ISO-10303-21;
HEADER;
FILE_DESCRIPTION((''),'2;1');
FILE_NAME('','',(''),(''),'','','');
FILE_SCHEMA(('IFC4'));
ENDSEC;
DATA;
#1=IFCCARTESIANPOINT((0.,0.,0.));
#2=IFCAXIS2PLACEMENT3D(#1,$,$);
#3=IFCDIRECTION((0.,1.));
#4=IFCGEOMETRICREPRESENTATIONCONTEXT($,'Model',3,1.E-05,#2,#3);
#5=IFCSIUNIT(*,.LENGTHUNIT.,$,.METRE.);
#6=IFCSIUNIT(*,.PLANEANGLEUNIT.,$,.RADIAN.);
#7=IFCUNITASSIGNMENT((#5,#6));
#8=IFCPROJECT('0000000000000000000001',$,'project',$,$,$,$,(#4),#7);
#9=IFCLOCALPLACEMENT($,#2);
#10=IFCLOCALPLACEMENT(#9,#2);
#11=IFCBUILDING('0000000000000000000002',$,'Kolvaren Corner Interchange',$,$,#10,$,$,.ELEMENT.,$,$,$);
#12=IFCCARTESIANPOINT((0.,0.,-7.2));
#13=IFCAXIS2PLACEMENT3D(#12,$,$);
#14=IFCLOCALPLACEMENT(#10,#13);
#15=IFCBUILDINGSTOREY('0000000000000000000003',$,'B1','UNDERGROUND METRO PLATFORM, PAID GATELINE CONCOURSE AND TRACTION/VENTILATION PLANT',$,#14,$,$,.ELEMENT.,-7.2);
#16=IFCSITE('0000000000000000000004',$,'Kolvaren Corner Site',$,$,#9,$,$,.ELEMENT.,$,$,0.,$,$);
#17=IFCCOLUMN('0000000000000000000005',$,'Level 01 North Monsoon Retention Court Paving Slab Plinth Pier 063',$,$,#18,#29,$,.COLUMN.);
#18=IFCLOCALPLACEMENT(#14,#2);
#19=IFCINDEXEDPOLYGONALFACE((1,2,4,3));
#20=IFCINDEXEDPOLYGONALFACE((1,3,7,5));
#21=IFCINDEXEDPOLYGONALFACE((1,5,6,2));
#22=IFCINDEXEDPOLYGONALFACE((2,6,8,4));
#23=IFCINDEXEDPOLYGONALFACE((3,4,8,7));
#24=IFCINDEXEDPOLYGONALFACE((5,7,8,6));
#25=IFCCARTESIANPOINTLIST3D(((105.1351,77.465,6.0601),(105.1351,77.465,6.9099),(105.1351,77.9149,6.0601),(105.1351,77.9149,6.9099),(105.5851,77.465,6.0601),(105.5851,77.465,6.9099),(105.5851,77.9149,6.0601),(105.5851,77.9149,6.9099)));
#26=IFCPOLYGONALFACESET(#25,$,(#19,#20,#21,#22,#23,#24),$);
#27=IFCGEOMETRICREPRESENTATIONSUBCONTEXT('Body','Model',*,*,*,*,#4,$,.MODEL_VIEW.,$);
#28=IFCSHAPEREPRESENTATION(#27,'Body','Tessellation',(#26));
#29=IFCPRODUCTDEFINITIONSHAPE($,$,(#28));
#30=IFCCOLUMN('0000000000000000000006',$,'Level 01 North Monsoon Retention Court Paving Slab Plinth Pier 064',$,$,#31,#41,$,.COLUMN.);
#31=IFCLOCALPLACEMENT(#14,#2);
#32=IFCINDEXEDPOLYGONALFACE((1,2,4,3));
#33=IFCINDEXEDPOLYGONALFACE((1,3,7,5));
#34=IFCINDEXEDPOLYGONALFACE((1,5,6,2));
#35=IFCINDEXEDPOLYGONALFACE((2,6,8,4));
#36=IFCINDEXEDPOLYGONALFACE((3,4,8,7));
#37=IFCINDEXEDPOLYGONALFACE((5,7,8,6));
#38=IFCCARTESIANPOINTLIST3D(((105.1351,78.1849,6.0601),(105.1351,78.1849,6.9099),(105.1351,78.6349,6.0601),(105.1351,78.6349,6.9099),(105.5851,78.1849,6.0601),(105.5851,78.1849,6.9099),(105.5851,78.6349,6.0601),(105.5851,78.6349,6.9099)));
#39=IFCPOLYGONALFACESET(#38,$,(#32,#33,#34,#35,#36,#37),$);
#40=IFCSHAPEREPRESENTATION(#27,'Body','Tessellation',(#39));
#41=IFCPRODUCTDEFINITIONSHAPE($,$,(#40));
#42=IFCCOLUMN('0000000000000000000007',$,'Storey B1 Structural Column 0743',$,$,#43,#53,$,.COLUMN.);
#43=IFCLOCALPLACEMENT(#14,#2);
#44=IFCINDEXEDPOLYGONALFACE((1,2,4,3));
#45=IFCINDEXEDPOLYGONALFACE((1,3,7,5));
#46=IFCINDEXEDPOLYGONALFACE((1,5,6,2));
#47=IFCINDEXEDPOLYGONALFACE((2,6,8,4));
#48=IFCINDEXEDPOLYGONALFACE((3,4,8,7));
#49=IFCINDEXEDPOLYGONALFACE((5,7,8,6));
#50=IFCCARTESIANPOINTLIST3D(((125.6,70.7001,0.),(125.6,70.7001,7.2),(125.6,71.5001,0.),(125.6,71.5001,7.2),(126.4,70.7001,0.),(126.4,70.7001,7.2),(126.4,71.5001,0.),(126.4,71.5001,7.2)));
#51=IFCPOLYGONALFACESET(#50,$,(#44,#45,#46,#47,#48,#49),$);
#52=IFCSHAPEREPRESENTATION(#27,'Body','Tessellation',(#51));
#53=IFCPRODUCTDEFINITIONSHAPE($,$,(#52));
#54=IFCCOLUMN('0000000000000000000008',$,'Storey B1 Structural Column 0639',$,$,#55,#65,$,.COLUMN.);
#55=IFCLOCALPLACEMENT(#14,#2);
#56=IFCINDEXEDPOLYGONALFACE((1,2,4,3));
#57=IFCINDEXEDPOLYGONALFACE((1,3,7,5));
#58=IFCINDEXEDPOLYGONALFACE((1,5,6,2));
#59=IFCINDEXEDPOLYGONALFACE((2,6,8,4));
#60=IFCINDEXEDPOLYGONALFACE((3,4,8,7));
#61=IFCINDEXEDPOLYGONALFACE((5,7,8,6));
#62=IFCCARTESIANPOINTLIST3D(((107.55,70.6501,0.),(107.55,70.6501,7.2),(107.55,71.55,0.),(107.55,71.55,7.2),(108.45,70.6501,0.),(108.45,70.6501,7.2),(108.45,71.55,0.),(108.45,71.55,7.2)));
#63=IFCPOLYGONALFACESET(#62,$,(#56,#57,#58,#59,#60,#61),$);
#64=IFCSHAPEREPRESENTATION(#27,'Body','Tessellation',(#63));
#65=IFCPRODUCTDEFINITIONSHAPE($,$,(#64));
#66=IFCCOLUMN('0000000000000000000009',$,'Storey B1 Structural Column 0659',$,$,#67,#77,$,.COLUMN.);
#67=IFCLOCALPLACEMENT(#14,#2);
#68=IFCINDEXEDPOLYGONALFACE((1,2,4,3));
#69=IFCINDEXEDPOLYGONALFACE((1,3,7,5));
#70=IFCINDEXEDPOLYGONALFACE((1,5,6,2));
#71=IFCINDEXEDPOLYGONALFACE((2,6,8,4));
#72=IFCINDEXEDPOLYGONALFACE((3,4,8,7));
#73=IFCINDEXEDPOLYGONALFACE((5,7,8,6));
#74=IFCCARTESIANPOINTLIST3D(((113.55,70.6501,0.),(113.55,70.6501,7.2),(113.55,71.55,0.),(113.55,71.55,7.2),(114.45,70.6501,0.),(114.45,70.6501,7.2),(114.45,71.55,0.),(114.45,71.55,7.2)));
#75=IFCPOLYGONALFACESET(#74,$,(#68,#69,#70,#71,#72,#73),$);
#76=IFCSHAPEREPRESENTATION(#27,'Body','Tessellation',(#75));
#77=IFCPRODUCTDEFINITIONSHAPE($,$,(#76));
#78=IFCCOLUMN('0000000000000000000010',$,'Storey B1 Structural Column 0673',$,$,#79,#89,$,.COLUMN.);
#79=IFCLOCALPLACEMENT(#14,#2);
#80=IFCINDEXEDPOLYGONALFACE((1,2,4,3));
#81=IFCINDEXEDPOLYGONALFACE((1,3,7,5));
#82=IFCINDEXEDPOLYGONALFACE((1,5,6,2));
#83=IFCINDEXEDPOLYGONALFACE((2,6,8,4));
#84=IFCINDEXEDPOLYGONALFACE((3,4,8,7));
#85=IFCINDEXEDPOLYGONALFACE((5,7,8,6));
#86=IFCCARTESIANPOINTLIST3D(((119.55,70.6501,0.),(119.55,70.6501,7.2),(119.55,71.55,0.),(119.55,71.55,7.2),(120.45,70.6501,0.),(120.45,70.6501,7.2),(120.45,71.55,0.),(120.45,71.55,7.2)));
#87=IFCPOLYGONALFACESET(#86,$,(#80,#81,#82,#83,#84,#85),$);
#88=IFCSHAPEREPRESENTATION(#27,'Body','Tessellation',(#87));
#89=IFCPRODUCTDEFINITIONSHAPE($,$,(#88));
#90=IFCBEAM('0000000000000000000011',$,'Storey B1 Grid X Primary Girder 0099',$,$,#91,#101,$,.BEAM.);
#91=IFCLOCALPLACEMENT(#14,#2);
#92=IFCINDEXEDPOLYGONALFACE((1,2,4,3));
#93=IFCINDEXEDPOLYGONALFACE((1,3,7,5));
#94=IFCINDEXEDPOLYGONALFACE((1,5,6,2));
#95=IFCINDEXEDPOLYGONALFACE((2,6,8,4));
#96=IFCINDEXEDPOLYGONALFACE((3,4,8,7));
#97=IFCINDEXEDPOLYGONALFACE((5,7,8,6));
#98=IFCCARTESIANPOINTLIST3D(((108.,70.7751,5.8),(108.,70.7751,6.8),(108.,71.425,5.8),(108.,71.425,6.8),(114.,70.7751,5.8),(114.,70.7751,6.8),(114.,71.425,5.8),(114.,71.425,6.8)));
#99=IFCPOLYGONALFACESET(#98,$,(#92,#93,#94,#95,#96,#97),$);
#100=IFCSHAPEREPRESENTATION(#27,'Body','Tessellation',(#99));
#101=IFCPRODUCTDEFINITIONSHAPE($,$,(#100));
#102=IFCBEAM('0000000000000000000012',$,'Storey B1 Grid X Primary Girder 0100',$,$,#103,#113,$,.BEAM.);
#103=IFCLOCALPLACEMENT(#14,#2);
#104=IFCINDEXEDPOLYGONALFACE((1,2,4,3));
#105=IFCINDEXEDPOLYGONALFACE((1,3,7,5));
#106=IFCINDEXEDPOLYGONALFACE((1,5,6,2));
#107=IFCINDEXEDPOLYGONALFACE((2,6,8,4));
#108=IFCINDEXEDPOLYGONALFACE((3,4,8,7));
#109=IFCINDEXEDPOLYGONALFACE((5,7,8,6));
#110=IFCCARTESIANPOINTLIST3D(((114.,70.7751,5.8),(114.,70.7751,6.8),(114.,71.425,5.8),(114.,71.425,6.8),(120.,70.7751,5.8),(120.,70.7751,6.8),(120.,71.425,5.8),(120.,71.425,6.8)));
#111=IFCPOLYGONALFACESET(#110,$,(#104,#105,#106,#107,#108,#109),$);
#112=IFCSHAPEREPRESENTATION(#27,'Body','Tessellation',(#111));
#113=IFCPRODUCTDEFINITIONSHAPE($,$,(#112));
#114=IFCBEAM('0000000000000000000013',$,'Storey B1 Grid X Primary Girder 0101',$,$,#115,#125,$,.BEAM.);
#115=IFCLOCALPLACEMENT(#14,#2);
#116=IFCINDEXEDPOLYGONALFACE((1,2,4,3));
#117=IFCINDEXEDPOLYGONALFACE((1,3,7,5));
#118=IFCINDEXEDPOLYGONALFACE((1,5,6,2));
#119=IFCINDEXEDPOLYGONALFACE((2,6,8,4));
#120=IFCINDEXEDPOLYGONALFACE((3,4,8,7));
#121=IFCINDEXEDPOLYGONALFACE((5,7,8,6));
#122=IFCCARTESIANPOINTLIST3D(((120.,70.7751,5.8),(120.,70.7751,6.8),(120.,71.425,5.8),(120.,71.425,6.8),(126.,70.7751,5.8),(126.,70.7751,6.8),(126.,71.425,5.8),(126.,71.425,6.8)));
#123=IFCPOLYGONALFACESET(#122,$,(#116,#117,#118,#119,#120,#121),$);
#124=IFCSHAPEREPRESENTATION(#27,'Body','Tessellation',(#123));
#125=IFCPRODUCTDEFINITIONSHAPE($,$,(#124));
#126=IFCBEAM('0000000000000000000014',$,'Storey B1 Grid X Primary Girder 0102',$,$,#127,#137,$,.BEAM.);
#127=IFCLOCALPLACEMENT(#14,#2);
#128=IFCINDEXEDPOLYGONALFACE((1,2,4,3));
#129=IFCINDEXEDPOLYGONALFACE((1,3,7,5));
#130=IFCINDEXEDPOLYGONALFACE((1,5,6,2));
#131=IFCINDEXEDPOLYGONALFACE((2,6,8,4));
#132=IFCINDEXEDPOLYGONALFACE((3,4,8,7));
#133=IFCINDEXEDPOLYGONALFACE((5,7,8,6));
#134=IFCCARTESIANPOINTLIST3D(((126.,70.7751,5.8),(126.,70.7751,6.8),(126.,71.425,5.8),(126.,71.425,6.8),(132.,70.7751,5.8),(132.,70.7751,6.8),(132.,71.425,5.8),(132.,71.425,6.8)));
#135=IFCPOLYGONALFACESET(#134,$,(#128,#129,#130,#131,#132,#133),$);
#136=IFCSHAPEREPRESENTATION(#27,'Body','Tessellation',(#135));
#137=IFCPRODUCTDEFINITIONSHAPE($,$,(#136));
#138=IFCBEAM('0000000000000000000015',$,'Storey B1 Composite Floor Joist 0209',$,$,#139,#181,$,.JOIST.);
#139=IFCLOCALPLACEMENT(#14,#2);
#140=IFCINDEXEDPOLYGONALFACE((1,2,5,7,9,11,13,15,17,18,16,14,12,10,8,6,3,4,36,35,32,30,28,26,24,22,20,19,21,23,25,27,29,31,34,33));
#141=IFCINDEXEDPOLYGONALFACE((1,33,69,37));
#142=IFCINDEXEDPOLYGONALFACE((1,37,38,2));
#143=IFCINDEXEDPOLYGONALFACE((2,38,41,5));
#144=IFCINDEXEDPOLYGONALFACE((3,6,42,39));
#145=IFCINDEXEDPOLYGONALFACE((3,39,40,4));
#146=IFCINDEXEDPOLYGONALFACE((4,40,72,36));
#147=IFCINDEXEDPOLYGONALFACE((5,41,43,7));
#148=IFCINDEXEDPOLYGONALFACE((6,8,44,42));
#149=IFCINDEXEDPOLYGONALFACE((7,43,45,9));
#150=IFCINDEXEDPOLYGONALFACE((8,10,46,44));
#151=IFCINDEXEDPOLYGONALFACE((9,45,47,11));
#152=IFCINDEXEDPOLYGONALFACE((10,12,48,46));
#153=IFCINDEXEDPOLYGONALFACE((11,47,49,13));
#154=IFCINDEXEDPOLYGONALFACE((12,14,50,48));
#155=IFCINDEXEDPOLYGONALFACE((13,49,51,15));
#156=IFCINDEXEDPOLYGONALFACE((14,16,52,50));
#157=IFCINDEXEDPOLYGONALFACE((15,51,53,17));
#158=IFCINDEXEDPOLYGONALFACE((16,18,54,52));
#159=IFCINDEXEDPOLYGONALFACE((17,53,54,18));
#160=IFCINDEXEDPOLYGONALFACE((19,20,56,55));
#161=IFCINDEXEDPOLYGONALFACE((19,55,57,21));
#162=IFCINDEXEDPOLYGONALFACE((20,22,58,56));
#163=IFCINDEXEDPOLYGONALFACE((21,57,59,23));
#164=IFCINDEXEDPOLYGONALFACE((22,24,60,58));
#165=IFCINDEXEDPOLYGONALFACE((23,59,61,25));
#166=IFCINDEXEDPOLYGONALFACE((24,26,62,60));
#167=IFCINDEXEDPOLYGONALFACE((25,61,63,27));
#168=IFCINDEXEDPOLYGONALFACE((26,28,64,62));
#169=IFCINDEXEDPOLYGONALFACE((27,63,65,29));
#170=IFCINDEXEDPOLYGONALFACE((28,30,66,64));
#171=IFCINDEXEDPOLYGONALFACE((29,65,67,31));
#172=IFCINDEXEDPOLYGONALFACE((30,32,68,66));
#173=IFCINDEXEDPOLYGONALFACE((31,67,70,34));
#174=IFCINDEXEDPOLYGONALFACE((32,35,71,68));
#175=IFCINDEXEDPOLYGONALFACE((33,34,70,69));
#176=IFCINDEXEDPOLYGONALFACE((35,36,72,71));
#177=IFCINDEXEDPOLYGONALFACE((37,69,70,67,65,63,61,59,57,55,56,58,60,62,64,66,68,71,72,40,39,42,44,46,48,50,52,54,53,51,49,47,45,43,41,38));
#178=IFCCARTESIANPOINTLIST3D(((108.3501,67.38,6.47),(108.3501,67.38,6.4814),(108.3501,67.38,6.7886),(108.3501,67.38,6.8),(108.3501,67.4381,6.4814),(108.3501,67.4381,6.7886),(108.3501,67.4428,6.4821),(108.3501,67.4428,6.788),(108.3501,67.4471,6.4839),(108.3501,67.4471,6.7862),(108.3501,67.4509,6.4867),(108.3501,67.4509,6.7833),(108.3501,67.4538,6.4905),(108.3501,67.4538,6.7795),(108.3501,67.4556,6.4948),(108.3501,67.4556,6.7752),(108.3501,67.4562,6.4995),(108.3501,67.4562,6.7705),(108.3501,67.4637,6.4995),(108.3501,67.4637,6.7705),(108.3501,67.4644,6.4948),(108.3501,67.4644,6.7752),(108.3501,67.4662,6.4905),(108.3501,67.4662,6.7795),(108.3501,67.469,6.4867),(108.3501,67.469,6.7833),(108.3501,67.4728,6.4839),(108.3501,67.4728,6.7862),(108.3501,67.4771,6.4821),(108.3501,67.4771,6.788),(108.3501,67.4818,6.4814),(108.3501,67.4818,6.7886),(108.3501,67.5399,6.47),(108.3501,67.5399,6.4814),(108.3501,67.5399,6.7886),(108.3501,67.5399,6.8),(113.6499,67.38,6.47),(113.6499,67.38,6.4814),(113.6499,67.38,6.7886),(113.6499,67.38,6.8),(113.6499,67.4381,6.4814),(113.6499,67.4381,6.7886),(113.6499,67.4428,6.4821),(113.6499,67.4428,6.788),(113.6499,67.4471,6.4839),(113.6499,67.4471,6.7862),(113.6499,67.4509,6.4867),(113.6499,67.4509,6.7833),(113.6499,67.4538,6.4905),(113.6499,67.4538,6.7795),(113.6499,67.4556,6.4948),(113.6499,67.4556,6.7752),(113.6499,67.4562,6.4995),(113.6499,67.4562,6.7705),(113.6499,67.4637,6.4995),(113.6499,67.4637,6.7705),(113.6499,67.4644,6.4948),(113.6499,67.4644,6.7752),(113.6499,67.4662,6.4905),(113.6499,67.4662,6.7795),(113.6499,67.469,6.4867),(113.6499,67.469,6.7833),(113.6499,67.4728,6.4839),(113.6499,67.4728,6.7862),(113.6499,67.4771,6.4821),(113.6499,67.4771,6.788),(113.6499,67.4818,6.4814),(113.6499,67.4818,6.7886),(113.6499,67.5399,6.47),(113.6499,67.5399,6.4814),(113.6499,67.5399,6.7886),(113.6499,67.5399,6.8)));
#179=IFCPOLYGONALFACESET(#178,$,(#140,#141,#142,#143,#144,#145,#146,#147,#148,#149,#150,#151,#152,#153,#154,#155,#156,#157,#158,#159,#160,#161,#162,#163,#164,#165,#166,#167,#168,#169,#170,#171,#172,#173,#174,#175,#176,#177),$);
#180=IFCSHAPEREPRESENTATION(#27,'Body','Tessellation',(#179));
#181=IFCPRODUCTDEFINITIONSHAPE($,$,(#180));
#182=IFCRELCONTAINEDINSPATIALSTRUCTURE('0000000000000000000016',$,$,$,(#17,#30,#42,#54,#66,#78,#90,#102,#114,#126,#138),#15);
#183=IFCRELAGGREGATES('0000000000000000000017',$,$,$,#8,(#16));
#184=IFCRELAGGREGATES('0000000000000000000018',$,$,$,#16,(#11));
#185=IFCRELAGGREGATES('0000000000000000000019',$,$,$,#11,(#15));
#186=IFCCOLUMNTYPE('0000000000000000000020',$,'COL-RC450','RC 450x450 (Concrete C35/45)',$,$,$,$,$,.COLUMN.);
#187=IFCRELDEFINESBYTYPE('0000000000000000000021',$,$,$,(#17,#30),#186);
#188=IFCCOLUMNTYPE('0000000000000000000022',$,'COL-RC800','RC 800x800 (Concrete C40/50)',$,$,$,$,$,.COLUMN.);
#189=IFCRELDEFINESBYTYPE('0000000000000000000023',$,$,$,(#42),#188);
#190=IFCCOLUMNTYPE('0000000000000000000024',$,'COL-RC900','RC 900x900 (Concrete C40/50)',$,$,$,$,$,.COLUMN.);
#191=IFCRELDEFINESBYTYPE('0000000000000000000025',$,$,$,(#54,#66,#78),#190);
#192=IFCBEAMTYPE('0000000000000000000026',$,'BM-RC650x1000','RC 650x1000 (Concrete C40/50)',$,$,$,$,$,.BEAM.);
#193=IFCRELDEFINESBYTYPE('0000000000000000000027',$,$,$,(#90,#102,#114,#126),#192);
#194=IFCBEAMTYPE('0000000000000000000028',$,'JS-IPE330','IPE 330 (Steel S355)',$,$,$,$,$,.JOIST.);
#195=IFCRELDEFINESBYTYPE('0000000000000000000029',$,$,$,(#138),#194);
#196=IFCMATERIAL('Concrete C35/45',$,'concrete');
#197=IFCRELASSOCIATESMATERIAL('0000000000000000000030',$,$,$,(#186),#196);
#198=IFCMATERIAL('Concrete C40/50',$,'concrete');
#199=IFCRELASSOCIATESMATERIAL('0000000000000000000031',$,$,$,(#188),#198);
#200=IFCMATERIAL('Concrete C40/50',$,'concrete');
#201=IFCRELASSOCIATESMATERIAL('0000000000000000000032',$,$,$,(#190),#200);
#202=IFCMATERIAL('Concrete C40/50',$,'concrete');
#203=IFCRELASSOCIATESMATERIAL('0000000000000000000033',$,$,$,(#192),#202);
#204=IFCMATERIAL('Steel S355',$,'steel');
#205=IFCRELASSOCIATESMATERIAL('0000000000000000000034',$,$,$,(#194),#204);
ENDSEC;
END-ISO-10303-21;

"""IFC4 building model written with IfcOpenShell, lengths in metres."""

from ifc_helpers import new_model, si_unit, direction, frame, origin, origin_2d, place, context, subcontext, project, spatial, rectangle, i_section, extrude, material, material_profile, profile_set, type_object, element, save


model = new_model("IFC4")

# Units and contexts
model_context = context("Model", 3, precision=1e-05, world=origin(), true_north=direction((0.0, 1.0)))
body_context = subcontext(model_context, "Body", "Model", "MODEL_VIEW")
ifc_project = project(units=[si_unit("LENGTHUNIT", "METRE"), si_unit("PLANEANGLEUNIT", "RADIAN")], contexts=[model_context])

# Site, building, storey
site_placement = place(None, origin())
site = spatial("IfcSite", under=ifc_project, at=site_placement, Name="Kolvaren Corner Site", CompositionType="ELEMENT", RefElevation=0.0)
building_placement = place(site_placement, origin())
building = spatial("IfcBuilding", under=site, at=building_placement, Name="Kolvaren Corner Interchange", CompositionType="ELEMENT")
storey_placement = place(building_placement, frame((0.0, 0.0, -7.2)))
storey = spatial("IfcBuildingStorey", under=building, at=storey_placement, Name="B1", Description="UNDERGROUND METRO PLATFORM, PAID GATELINE CONCOURSE AND TRACTION/VENTILATION PLANT", CompositionType="ELEMENT", Elevation=-7.2)

# Columns
ifc_material_1 = material(Name="Concrete C35/45", Category="concrete")
ifc_material_profile_1 = material_profile(ifc_material_1, rectangle(XDim=0.45, YDim=0.45, at=origin_2d()), Name="RC 450x450")
ifc_profile_set_1 = profile_set([ifc_material_profile_1], Name="Concrete C35/45")
column_type_1 = type_object("IfcColumnType", Name="COL-RC450", Description="RC 450x450 (Concrete C35/45)", PredefinedType="COLUMN", material=ifc_profile_set_1)
for number, where, z_axis, x_axis, name in (
    (1, (105.3601, 77.6899, 6.0601), (0.0, 0.0, 1.0), (1.0, 0.0, 0.0), "Level 01 North Monsoon Retention Court Paving Slab Plinth Pier 063"),
    (2, (105.3601, 78.4099, 6.0601), (0.0, 0.0, 1.0), (1.0, 0.0, 0.0), "Level 01 North Monsoon Retention Court Paving Slab Plinth Pier 064"),
):
    element("IfcColumn", number, at=place(storey_placement, frame(where, z_axis=z_axis, x_axis=x_axis)), inside=storey, type_object=column_type_1, Name=name, PredefinedType="COLUMN", context=body_context, shape_type="SweptSolid", body=[
        extrude(rectangle(XDim=0.45, YDim=0.45, at=origin_2d()), origin(), (0.0, 0.0, 1.0), 0.8499),
    ])
ifc_material_2 = material(Name="Concrete C40/50", Category="concrete")
ifc_material_profile_2 = material_profile(ifc_material_2, rectangle(XDim=0.8, YDim=0.8, at=origin_2d()), Name="RC 800x800")
ifc_profile_set_2 = profile_set([ifc_material_profile_2], Name="Concrete C40/50")
column_type_2 = type_object("IfcColumnType", Name="COL-RC800", Description="RC 800x800 (Concrete C40/50)", PredefinedType="COLUMN", material=ifc_profile_set_2)
column_placement = place(storey_placement, frame((126.0, 71.1001, 0.0), z_axis=(0.0, 0.0, 1.0), x_axis=(1.0, 0.0, 0.0)))
element("IfcColumn", 3, at=column_placement, inside=storey, type_object=column_type_2, Name="Storey B1 Structural Column 0743", PredefinedType="COLUMN", context=body_context, shape_type="SweptSolid", body=[
    extrude(rectangle(XDim=0.8, YDim=0.8, at=origin_2d()), origin(), (0.0, 0.0, 1.0), 7.2),
])
ifc_material_3 = material(Name="Concrete C40/50", Category="concrete")
ifc_material_profile_3 = material_profile(ifc_material_3, rectangle(XDim=0.8999, YDim=0.8999, at=origin_2d()), Name="RC 900x900")
ifc_profile_set_3 = profile_set([ifc_material_profile_3], Name="Concrete C40/50")
column_type_3 = type_object("IfcColumnType", Name="COL-RC900", Description="RC 900x900 (Concrete C40/50)", PredefinedType="COLUMN", material=ifc_profile_set_3)
for number, where, z_axis, x_axis, name in (
    (4, (108.0, 71.1001, 0.0), (0.0, 0.0, 1.0), (1.0, 0.0, 0.0), "Storey B1 Structural Column 0639"),
    (5, (114.0, 71.1001, 0.0), (0.0, 0.0, 1.0), (1.0, 0.0, 0.0), "Storey B1 Structural Column 0659"),
    (6, (120.0, 71.1001, 0.0), (0.0, 0.0, 1.0), (1.0, 0.0, 0.0), "Storey B1 Structural Column 0673"),
):
    element("IfcColumn", number, at=place(storey_placement, frame(where, z_axis=z_axis, x_axis=x_axis)), inside=storey, type_object=column_type_3, Name=name, PredefinedType="COLUMN", context=body_context, shape_type="SweptSolid", body=[
        extrude(rectangle(XDim=0.8999, YDim=0.8999, at=origin_2d()), origin(), (0.0, 0.0, 1.0), 7.2),
    ])

# Beams
ifc_material_4 = material(Name="Concrete C40/50", Category="concrete")
ifc_material_profile_4 = material_profile(ifc_material_4, rectangle(XDim=0.6499, YDim=1.0, at=origin_2d()), Name="RC 650x1000")
ifc_profile_set_4 = profile_set([ifc_material_profile_4], Name="Concrete C40/50")
beam_type_1 = type_object("IfcBeamType", Name="BM-RC650x1000", Description="RC 650x1000 (Concrete C40/50)", PredefinedType="BEAM", material=ifc_profile_set_4)
for number, where, z_axis, x_axis, name in (
    (7, (108.0, 71.1001, 6.3), (1.0, 0.0, 0.0), (0.0, 1.0, 0.0), "Storey B1 Grid X Primary Girder 0099"),
    (8, (114.0, 71.1001, 6.3), (1.0, 0.0, 0.0), (0.0, 1.0, 0.0), "Storey B1 Grid X Primary Girder 0100"),
    (9, (120.0, 71.1001, 6.3), (1.0, 0.0, 0.0), (0.0, 1.0, 0.0), "Storey B1 Grid X Primary Girder 0101"),
    (10, (126.0, 71.1001, 6.3), (1.0, 0.0, 0.0), (0.0, 1.0, 0.0), "Storey B1 Grid X Primary Girder 0102"),
):
    element("IfcBeam", number, at=place(storey_placement, frame(where, z_axis=z_axis, x_axis=x_axis)), inside=storey, type_object=beam_type_1, Name=name, PredefinedType="BEAM", context=body_context, shape_type="SweptSolid", body=[
        extrude(rectangle(XDim=0.6499, YDim=1.0, at=origin_2d()), origin(), (0.0, 0.0, 1.0), 6.0),
    ])
ifc_material_5 = material(Name="Steel S355", Category="steel")
ifc_material_profile_5 = material_profile(ifc_material_5, i_section(OverallWidth=0.1599, OverallDepth=0.3301, WebThickness=0.0076, FlangeThickness=0.0115, FilletRadius=0.0181, at=origin_2d()), Name="IPE 330")
ifc_profile_set_5 = profile_set([ifc_material_profile_5], Name="Steel S355")
beam_type_2 = type_object("IfcBeamType", Name="JS-IPE330", Description="IPE 330 (Steel S355)", PredefinedType="JOIST", material=ifc_profile_set_5)
for number, where, z_axis, x_axis, name in (
    (11, (108.3501, 67.46, 6.635), (1.0, 0.0, 0.0), (0.0, 1.0, 0.0), "Storey B1 Composite Floor Joist 0209"),
):
    element("IfcBeam", number, at=place(storey_placement, frame(where, z_axis=z_axis, x_axis=x_axis)), inside=storey, type_object=beam_type_2, Name=name, PredefinedType="JOIST", context=body_context, shape_type="SweptSolid", body=[
        extrude(i_section(OverallWidth=0.1599, OverallDepth=0.3301, WebThickness=0.0076, FlangeThickness=0.0115, FilletRadius=0.0181, at=origin_2d()), origin(), (0.0, 0.0, 1.0), 5.2998),
    ])

save(model, "model.ifc")
